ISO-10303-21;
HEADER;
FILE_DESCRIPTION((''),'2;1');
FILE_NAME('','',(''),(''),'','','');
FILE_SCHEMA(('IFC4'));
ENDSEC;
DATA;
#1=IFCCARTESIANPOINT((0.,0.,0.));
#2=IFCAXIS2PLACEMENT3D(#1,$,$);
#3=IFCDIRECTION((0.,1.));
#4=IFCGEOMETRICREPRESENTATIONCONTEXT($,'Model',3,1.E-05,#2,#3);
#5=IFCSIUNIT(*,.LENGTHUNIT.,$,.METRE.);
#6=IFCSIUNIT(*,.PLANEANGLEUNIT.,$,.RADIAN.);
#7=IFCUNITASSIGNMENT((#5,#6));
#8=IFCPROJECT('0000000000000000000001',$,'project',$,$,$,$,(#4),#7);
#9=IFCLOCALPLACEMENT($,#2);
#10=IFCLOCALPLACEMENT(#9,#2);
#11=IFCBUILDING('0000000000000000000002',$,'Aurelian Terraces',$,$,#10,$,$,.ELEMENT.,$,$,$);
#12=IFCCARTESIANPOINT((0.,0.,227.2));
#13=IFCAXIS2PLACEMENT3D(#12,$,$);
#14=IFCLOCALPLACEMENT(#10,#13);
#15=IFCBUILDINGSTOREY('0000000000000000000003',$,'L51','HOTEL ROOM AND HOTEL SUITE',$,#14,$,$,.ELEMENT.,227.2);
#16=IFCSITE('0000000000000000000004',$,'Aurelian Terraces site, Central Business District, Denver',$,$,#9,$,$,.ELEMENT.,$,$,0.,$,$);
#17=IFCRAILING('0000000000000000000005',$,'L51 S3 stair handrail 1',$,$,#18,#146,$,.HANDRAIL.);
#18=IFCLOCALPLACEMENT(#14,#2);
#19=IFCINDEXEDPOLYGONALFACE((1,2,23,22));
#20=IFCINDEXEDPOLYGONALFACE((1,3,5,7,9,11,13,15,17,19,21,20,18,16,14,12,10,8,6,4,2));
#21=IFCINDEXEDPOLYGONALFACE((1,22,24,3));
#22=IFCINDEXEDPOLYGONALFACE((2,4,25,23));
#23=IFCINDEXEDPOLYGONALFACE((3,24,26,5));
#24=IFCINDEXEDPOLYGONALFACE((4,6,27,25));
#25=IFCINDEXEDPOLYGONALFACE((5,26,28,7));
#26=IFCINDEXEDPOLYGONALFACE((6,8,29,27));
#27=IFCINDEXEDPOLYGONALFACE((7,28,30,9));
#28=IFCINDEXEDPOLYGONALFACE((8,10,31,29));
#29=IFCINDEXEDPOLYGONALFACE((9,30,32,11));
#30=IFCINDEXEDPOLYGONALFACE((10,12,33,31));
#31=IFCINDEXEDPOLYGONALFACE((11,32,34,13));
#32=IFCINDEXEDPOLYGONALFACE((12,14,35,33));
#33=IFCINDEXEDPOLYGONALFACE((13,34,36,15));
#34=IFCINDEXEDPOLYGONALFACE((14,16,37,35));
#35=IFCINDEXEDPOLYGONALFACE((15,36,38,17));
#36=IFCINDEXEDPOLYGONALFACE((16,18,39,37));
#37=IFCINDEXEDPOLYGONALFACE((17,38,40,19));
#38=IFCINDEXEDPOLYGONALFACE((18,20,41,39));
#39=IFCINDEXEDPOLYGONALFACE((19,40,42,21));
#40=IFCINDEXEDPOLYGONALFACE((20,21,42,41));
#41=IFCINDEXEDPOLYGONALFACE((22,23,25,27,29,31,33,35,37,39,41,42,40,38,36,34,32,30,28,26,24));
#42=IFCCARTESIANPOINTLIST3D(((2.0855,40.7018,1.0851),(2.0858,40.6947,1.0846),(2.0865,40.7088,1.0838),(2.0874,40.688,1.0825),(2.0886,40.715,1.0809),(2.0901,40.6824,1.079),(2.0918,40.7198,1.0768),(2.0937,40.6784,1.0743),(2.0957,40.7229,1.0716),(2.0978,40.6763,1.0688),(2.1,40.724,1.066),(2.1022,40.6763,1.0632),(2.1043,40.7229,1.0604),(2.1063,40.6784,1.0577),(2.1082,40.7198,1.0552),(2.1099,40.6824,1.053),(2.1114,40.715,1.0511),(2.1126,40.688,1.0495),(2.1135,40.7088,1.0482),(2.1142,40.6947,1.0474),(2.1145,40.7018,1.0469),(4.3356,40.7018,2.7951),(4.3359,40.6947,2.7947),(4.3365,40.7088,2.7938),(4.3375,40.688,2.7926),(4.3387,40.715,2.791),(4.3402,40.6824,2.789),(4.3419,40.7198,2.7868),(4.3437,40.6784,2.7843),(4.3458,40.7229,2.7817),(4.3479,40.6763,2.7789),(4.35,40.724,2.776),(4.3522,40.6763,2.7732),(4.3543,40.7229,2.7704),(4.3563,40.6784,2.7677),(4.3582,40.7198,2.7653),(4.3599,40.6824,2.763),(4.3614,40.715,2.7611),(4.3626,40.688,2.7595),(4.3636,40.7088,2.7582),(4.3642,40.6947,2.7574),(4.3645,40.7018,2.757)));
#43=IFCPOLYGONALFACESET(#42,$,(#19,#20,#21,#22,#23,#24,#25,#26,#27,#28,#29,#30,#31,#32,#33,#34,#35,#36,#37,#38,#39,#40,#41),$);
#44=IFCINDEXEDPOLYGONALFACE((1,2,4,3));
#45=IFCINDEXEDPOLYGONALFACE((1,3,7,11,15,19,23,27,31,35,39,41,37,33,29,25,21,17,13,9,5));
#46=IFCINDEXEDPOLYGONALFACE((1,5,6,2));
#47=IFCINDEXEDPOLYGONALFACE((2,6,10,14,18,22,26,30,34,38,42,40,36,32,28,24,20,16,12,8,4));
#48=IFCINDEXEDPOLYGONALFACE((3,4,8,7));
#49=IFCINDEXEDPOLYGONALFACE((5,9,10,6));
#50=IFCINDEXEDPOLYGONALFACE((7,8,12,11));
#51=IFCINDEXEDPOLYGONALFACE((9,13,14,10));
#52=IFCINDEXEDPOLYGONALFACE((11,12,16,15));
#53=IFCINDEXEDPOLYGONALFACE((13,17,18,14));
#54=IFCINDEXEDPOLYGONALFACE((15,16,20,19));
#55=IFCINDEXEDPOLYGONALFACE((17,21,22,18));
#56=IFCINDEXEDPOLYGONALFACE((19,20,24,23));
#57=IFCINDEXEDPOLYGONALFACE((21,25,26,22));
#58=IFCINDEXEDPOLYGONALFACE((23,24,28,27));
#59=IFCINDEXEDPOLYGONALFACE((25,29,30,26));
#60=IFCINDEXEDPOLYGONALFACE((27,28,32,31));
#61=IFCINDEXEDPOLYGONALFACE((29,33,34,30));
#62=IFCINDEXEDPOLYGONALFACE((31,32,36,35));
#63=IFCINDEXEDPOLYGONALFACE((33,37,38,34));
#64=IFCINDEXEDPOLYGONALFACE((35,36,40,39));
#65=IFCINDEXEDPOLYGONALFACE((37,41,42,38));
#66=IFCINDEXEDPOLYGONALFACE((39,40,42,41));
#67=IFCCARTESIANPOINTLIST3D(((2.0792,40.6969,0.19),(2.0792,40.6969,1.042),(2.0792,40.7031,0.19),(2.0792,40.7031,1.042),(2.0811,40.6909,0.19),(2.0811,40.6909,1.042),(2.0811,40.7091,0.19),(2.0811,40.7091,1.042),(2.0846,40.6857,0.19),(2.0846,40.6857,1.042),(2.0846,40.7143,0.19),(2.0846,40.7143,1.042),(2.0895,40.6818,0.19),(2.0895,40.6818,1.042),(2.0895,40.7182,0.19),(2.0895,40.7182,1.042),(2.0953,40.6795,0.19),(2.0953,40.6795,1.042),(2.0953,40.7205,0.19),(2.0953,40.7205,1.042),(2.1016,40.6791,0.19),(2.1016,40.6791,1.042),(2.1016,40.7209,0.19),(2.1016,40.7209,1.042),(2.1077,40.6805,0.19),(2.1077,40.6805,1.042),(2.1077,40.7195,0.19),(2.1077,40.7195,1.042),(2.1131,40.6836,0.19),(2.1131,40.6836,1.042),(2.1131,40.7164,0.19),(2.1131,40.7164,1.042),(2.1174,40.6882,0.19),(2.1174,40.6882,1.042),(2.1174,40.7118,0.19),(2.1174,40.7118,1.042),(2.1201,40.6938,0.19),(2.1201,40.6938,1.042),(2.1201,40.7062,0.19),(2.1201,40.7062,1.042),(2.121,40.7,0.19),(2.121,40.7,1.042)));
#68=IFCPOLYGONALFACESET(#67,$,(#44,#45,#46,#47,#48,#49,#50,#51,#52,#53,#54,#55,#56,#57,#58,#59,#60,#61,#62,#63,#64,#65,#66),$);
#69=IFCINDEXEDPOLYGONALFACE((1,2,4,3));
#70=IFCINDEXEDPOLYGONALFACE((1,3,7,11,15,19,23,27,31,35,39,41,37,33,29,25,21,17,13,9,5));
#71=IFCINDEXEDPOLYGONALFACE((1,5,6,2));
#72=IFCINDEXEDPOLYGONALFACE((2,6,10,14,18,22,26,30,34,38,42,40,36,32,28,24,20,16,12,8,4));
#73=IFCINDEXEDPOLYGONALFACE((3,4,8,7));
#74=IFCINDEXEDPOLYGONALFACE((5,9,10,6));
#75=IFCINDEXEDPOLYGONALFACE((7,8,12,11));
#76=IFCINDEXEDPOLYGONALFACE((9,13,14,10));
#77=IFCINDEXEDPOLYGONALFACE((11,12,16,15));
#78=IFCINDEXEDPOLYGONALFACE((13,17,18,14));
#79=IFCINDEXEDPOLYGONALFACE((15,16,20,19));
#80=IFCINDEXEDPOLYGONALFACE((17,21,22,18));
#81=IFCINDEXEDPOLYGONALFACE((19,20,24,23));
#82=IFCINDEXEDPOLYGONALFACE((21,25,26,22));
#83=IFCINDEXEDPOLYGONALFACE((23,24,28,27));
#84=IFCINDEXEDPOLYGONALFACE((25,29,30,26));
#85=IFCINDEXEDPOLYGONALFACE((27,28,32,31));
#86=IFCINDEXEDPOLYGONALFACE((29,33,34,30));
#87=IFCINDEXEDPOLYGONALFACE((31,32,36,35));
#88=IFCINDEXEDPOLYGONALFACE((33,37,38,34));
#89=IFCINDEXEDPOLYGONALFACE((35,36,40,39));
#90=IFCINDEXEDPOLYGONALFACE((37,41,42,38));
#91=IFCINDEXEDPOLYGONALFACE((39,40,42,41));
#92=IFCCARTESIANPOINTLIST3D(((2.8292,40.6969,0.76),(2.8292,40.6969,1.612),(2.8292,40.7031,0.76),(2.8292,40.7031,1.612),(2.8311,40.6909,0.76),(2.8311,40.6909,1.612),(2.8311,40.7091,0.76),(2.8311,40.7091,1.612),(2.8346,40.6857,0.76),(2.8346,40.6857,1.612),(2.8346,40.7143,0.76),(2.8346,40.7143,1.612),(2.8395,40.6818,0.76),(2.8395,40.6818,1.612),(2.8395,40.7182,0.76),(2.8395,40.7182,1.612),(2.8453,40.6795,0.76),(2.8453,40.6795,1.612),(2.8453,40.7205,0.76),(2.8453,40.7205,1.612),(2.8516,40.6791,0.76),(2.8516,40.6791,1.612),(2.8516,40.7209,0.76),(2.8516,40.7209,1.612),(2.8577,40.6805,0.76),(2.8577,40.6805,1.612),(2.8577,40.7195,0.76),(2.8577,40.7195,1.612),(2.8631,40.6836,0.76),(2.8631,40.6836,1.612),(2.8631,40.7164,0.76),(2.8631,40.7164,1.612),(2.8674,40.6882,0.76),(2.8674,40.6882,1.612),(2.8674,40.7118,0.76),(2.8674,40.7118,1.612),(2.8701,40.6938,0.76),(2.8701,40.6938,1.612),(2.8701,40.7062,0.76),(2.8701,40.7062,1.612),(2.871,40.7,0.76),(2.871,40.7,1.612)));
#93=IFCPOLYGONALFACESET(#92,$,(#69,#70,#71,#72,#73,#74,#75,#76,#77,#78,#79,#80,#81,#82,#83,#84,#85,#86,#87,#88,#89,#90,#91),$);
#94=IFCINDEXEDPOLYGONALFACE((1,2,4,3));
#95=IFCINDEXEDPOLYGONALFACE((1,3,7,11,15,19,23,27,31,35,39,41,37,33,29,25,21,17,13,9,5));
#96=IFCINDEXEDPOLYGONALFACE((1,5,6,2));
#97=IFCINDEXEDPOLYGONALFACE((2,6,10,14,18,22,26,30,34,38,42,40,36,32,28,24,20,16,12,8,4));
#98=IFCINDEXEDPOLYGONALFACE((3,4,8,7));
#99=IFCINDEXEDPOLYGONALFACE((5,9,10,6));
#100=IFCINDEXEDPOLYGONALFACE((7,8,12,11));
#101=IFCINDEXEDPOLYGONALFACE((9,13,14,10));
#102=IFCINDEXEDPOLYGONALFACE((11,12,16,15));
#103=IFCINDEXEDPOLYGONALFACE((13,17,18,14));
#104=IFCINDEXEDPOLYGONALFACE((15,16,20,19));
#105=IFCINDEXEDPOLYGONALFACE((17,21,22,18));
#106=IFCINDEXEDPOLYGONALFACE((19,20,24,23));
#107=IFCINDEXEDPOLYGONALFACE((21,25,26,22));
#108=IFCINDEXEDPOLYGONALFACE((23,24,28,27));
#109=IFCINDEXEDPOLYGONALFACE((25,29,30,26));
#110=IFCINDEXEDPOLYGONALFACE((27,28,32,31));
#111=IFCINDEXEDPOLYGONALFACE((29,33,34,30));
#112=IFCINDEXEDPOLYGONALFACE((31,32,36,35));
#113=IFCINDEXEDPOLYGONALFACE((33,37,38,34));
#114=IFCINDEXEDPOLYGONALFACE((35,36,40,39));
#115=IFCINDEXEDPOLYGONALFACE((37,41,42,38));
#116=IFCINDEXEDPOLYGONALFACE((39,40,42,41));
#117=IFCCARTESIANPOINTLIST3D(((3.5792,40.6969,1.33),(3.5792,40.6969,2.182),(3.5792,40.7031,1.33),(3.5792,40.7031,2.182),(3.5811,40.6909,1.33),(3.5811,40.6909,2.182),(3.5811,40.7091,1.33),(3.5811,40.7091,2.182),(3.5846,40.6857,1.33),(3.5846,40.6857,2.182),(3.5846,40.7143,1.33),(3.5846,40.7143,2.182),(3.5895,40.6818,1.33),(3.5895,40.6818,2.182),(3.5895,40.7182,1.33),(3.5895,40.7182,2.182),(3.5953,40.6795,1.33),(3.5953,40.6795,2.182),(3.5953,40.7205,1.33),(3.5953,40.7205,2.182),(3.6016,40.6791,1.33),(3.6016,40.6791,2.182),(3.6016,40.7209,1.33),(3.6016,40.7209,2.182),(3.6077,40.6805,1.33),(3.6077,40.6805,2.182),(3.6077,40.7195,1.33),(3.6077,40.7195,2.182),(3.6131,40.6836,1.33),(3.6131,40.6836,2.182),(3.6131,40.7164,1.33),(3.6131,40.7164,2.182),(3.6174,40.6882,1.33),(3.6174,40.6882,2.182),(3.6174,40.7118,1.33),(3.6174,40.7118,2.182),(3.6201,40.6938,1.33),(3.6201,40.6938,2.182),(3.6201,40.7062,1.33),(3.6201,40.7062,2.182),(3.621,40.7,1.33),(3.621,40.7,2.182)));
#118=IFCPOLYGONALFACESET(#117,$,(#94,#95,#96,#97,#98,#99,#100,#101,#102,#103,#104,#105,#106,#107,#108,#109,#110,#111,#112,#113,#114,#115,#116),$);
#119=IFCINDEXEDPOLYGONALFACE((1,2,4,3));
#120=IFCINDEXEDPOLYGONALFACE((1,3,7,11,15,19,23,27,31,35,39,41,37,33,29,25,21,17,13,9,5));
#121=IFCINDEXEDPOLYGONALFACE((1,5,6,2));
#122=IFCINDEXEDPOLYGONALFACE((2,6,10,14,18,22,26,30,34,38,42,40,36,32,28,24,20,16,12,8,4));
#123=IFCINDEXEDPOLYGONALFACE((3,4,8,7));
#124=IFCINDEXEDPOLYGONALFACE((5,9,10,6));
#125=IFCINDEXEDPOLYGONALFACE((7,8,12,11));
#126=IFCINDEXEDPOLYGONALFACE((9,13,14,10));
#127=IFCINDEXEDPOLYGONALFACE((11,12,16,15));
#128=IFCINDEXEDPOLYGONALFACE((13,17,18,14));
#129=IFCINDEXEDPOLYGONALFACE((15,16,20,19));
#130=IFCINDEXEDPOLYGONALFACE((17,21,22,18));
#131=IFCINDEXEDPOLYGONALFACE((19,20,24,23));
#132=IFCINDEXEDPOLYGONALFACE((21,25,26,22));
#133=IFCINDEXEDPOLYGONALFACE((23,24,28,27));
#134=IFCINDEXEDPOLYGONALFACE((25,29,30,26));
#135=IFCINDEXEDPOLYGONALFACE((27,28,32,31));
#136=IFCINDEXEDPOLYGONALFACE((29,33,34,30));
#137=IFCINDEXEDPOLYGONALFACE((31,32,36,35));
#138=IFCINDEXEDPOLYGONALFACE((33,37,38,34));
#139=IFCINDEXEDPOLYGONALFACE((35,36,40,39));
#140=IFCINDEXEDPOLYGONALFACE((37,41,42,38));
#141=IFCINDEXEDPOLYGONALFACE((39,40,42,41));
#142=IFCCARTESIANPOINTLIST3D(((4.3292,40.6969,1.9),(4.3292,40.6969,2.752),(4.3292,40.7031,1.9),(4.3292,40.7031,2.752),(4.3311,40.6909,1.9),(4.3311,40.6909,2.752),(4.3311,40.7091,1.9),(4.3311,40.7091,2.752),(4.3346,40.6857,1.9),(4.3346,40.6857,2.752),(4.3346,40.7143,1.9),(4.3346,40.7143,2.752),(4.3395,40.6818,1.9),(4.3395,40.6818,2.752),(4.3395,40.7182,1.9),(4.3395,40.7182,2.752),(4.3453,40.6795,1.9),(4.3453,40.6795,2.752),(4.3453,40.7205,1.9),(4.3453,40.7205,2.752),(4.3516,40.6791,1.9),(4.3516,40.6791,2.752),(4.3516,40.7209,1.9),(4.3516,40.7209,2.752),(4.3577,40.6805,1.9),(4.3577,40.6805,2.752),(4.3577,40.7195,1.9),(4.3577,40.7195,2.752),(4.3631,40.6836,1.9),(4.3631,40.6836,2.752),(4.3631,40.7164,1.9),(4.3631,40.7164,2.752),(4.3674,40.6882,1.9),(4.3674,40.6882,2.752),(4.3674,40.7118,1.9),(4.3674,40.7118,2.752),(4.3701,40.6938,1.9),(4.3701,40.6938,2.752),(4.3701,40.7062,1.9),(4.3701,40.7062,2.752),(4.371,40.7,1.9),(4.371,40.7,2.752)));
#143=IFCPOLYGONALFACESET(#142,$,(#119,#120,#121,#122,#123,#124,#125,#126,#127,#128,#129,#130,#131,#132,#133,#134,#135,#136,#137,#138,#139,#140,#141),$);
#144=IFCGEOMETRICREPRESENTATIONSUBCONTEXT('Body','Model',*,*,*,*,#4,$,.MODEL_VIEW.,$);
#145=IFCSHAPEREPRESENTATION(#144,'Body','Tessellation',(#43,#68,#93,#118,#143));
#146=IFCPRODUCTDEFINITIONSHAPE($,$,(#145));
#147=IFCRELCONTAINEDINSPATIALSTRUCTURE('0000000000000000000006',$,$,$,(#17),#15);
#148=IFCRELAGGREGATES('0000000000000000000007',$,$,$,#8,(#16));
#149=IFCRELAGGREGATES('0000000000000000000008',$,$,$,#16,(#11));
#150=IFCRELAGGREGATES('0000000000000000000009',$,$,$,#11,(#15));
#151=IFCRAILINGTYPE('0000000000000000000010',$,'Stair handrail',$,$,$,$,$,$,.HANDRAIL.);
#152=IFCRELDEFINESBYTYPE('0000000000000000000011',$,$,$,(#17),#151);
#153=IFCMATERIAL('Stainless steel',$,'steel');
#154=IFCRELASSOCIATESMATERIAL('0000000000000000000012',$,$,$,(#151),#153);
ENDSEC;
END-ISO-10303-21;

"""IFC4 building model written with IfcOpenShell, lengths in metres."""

from ifc_helpers import new_model, si_unit, direction, frame, origin, origin_2d, place, context, subcontext, project, spatial, circle, extrude, source, transform, mapped, material, type_object, element, save


model = new_model("IFC4")

# Units and contexts
model_context = context("Model", 3, precision=1e-05, world=origin(), true_north=direction((0.0, 1.0)))
body_context = subcontext(model_context, "Body", "Model", "MODEL_VIEW")
ifc_project = project(units=[si_unit("LENGTHUNIT", "METRE"), si_unit("PLANEANGLEUNIT", "RADIAN")], contexts=[model_context])

# Site, building, storey
site_placement = place(None, origin())
site = spatial("IfcSite", under=ifc_project, at=site_placement, Name="Aurelian Terraces site, Central Business District, Denver", CompositionType="ELEMENT", RefElevation=0.0)
building_placement = place(site_placement, origin())
building = spatial("IfcBuilding", under=site, at=building_placement, Name="Aurelian Terraces", CompositionType="ELEMENT")
storey_placement = place(building_placement, frame((0.0, 0.0, 227.2)))
storey = spatial("IfcBuildingStorey", under=building, at=storey_placement, Name="L51", Description="HOTEL ROOM AND HOTEL SUITE", CompositionType="ELEMENT", Elevation=227.2)

# Railing
ifc_material_1 = material(Name="Stainless steel", Category="steel")
railing_type_1 = type_object("IfcRailingType", Name="Stair handrail", PredefinedType="HANDRAIL", material=ifc_material_1)
shared_shape_1 = source(origin(), body_context, "Body", "SweptSolid", [
    extrude(circle(Radius=0.024, at=origin_2d()), frame((0.0, 0.0, 0.876), z_axis=(0.796162, 0.0, 0.605083), x_axis=(0.0, 1.0, 0.0)), (0.0, 0.0, 1.0), 2.8261),
    extrude(circle(Radius=0.021, at=origin_2d()), origin(), (0.0, 0.0, 1.0), 0.852),
    extrude(circle(Radius=0.021, at=origin_2d()), frame((0.75, 0.0, 0.57)), (0.0, 0.0, 1.0), 0.852),
    extrude(circle(Radius=0.021, at=origin_2d()), frame((1.5, 0.0, 1.14)), (0.0, 0.0, 1.0), 0.852),
    extrude(circle(Radius=0.021, at=origin_2d()), frame((2.25, 0.0, 1.71)), (0.0, 0.0, 1.0), 0.852),
])
railing_1_placement = place(storey_placement, frame((2.1, 40.7, 0.19)))
element("IfcRailing", 1, at=railing_1_placement, inside=storey, type_object=railing_type_1, Name="L51 S3 stair handrail 1", PredefinedType="HANDRAIL", context=body_context, shape_type="MappedRepresentation", body=[
    mapped(shared_shape_1, transform((0.0, 0.0, 0.0), scale=1.0)),
])

save(model, "model.ifc")
